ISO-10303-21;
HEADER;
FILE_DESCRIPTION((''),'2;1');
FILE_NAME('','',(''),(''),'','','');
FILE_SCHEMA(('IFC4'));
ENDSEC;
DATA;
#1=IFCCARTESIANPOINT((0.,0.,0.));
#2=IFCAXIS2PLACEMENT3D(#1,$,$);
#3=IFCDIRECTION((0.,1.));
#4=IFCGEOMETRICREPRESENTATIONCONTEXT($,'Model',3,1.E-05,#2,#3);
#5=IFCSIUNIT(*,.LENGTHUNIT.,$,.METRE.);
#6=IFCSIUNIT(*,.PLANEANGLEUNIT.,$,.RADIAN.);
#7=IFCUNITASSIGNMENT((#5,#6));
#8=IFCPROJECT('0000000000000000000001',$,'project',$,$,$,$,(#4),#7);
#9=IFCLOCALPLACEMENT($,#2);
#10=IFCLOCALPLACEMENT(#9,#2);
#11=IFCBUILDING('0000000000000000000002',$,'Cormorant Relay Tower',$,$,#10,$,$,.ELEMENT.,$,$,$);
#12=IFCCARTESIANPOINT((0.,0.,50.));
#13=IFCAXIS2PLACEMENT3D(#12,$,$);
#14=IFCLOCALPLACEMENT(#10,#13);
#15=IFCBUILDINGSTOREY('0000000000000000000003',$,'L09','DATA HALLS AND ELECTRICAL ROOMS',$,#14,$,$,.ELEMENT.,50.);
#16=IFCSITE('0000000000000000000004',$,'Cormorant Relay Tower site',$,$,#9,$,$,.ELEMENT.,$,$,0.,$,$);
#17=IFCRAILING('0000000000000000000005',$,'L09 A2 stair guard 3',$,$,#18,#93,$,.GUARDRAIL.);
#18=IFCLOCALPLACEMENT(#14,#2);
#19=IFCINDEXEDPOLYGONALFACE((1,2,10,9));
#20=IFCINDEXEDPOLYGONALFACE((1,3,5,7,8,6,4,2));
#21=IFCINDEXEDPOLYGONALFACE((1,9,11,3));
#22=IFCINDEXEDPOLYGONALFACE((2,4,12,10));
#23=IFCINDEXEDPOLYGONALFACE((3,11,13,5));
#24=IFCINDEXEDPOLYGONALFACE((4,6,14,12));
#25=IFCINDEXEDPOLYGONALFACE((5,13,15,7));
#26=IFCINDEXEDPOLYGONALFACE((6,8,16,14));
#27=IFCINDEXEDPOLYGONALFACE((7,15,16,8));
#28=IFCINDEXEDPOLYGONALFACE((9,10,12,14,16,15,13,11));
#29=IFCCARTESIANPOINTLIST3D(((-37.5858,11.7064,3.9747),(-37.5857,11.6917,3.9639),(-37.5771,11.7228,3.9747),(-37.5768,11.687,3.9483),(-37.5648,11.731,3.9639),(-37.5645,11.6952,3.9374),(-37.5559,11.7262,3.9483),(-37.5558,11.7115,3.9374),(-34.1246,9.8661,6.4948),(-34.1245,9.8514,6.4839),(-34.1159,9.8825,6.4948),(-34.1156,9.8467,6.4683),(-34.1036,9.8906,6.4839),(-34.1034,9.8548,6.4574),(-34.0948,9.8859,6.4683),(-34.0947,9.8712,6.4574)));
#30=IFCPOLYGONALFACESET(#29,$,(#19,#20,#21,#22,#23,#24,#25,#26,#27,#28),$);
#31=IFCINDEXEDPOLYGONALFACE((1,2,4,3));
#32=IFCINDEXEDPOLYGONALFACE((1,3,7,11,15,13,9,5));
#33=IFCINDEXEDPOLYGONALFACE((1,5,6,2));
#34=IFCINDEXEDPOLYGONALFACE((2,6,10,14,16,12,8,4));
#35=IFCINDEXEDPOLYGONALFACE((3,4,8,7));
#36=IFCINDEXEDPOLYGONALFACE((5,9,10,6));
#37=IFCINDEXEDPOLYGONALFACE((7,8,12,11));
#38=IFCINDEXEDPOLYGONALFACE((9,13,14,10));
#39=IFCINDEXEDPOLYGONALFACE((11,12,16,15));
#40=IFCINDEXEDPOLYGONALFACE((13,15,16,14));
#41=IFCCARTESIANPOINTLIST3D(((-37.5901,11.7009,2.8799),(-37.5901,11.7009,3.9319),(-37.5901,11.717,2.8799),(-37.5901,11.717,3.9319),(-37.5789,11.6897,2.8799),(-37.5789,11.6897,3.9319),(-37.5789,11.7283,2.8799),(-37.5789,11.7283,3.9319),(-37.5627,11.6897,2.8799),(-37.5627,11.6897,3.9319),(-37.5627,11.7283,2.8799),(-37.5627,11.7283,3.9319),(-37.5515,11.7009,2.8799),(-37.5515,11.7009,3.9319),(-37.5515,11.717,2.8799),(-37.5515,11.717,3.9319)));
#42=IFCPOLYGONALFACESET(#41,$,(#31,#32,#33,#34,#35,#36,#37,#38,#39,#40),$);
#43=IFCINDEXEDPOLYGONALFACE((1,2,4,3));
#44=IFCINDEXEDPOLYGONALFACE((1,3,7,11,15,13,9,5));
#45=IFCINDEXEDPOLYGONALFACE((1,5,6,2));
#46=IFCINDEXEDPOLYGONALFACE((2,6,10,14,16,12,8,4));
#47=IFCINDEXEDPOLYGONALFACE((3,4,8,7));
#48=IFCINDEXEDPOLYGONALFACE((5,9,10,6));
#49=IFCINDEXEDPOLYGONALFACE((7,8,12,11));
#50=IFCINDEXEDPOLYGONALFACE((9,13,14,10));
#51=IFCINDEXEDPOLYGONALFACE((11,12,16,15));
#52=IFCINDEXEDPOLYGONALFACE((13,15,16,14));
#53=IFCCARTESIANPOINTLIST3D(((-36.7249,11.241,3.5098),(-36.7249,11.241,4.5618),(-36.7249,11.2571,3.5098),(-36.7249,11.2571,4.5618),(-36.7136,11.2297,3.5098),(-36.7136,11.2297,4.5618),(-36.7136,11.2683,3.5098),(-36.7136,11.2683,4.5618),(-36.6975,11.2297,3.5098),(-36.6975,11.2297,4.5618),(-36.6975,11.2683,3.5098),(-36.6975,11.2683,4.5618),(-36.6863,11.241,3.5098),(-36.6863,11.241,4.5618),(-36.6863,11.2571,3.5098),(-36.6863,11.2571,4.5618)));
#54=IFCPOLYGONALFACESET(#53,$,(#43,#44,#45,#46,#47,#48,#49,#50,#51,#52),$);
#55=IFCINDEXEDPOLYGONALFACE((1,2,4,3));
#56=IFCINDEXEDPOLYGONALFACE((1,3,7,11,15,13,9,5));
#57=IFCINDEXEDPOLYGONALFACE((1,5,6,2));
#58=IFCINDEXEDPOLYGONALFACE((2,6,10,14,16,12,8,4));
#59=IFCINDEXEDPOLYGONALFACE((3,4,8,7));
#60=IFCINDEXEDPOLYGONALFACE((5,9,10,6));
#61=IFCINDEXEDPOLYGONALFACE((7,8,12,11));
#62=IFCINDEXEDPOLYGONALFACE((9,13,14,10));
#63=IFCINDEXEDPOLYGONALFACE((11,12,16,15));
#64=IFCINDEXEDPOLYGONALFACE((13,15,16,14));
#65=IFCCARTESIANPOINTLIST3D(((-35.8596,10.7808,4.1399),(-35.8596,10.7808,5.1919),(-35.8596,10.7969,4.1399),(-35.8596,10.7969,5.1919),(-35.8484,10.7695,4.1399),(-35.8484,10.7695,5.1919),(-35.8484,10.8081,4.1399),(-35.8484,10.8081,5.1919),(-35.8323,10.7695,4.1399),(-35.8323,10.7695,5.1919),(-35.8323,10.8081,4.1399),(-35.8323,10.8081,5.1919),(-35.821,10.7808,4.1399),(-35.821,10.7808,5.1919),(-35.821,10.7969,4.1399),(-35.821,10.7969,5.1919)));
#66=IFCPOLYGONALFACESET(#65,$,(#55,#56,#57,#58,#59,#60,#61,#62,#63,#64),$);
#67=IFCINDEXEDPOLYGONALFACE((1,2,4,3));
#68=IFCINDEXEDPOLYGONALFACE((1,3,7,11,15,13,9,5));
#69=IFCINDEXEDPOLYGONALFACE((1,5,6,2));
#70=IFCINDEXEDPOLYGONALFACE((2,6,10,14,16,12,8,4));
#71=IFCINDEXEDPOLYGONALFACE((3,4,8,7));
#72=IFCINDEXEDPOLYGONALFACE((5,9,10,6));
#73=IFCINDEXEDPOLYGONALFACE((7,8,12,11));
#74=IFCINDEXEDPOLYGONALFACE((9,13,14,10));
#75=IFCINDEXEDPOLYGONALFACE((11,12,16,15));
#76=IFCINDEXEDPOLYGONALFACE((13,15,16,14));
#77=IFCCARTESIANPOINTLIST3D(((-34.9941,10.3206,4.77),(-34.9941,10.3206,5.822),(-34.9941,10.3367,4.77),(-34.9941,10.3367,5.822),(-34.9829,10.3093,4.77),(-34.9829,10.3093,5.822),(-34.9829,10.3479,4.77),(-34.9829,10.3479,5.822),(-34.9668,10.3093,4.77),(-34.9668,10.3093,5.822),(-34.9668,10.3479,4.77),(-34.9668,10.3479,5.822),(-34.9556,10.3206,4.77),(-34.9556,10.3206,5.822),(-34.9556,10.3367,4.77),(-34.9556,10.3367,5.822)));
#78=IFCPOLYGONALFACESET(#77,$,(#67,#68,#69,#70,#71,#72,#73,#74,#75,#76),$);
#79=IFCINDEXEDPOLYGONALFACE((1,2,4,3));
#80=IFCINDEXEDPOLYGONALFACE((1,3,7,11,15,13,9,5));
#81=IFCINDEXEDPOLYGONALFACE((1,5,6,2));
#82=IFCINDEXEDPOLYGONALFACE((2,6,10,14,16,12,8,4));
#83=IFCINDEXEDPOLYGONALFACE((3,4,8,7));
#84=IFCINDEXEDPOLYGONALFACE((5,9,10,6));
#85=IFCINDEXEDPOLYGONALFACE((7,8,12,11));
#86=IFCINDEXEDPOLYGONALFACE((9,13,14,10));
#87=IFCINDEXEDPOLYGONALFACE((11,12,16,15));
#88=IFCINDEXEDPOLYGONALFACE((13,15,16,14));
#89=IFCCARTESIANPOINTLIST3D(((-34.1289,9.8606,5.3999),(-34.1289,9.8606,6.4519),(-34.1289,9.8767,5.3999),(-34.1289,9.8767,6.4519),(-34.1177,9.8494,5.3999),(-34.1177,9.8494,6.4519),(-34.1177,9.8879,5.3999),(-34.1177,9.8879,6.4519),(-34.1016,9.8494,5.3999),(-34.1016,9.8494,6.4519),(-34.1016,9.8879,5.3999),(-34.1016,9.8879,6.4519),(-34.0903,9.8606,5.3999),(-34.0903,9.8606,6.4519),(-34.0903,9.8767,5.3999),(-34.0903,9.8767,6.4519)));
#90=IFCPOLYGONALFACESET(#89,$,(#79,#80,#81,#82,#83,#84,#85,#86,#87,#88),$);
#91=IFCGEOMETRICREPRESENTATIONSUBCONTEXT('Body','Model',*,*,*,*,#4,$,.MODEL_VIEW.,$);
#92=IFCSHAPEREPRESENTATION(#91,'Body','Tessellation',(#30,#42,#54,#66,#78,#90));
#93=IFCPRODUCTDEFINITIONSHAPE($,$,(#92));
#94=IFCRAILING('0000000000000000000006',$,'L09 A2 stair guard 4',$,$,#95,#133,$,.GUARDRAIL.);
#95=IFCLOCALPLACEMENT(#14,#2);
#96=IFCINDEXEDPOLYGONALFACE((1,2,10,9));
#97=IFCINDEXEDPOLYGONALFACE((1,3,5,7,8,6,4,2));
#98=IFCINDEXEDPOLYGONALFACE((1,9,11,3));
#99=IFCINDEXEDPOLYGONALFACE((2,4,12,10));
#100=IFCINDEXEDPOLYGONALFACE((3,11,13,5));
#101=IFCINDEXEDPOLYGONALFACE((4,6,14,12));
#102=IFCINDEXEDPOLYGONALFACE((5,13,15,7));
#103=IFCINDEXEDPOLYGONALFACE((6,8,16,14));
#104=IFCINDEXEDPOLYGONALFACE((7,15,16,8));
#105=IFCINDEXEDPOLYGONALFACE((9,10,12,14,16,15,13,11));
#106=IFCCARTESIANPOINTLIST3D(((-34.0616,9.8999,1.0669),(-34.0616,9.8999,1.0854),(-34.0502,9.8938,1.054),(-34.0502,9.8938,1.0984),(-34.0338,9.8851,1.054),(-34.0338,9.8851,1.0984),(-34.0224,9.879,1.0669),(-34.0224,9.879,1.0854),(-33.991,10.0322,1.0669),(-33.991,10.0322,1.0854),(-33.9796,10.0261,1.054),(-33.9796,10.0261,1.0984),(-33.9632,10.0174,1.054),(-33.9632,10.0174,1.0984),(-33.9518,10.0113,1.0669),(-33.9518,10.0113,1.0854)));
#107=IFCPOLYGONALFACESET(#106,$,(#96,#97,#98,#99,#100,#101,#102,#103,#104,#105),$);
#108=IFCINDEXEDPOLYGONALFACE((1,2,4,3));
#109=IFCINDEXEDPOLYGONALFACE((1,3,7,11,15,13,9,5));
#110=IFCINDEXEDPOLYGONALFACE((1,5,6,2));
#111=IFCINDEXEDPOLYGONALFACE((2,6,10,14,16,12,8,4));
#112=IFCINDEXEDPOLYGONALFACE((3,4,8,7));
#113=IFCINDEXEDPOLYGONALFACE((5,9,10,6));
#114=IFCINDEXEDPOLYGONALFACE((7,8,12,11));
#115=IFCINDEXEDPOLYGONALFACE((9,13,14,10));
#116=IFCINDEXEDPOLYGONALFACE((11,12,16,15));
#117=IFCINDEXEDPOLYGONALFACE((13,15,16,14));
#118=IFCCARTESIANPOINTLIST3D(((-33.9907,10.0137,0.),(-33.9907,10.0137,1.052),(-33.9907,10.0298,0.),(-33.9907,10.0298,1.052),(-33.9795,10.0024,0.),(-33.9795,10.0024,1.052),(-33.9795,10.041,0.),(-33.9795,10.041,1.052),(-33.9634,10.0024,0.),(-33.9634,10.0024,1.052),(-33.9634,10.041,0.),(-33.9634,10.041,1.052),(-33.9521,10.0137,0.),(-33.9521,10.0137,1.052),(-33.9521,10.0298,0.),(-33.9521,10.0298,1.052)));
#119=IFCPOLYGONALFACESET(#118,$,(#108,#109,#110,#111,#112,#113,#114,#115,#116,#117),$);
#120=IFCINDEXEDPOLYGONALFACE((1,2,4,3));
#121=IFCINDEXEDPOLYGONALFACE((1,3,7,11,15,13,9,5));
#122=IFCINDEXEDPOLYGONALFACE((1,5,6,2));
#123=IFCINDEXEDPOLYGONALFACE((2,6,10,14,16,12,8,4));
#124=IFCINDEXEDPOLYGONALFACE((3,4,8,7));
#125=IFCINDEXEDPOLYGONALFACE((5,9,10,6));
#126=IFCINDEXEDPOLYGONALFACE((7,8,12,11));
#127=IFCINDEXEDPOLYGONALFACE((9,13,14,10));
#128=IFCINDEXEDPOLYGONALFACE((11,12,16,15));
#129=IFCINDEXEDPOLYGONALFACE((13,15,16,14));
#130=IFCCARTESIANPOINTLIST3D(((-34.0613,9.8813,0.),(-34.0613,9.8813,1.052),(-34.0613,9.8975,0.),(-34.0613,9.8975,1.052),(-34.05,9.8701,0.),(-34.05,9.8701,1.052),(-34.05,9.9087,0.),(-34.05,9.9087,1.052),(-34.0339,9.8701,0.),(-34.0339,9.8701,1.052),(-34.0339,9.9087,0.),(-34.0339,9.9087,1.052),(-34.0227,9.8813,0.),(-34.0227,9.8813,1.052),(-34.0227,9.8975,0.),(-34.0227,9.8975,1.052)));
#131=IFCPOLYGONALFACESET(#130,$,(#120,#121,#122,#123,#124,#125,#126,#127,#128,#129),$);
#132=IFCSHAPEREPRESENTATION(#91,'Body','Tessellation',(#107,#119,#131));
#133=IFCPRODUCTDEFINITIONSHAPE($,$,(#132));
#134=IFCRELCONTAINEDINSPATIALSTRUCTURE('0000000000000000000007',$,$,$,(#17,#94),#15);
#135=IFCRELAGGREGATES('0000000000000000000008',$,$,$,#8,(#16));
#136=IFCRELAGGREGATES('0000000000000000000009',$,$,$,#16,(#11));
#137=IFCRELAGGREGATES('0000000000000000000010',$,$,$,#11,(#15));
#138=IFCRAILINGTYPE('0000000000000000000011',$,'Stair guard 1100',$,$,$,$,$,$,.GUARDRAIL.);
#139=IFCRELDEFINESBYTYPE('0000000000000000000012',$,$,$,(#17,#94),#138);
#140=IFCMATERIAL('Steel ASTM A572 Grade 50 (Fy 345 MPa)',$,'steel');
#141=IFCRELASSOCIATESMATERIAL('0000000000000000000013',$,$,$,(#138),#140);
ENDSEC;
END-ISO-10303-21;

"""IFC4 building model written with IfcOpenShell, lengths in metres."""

from ifc_helpers import new_model, si_unit, direction, frame, origin, place, context, subcontext, project, spatial, polyline, outline, extrude, material, type_object, element, save


model = new_model("IFC4")

# Units and contexts
model_context = context("Model", 3, precision=1e-05, world=origin(), true_north=direction((0.0, 1.0)))
body_context = subcontext(model_context, "Body", "Model", "MODEL_VIEW")
ifc_project = project(units=[si_unit("LENGTHUNIT", "METRE"), si_unit("PLANEANGLEUNIT", "RADIAN")], contexts=[model_context])

# Site, building, storey
site_placement = place(None, origin())
site = spatial("IfcSite", under=ifc_project, at=site_placement, Name="Cormorant Relay Tower site", CompositionType="ELEMENT", RefElevation=0.0)
building_placement = place(site_placement, origin())
building = spatial("IfcBuilding", under=site, at=building_placement, Name="Cormorant Relay Tower", CompositionType="ELEMENT")
storey_placement = place(building_placement, frame((0.0, 0.0, 50.0)))
storey = spatial("IfcBuildingStorey", under=building, at=storey_placement, Name="L09", Description="DATA HALLS AND ELECTRICAL ROOMS", CompositionType="ELEMENT", Elevation=50.0)

# Railings
ifc_material_1 = material(Name="Steel ASTM A572 Grade 50 (Fy 345 MPa)", Category="steel")
railing_type_1 = type_object("IfcRailingType", Name="Stair guard 1100", PredefinedType="GUARDRAIL", material=ifc_material_1)
railing_1_placement = place(storey_placement, frame((-37.5708, 11.709, 2.8799)))
element("IfcRailing", 1, at=railing_1_placement, inside=storey, type_object=railing_type_1, Name="L09 A2 stair guard 3", PredefinedType="GUARDRAIL", context=body_context, shape_type="SweptSolid", body=[
    extrude(outline(polyline([(0.0222, 0.0093), (0.0093, 0.0222), (-0.0093, 0.0222), (-0.0222, 0.0093), (-0.0222, -0.0093), (-0.0093, -0.0222), (0.0093, -0.0222), (0.0222, -0.0093), (0.0222, 0.0093)])), frame((0.0, 0.0, 1.0762), z_axis=(0.742717, -0.394907, 0.540758), x_axis=(0.469469, 0.882949, 0.0)), (0.0, 0.0, 1.0), 4.6602),
    extrude(outline(polyline([(0.0193, 0.0081), (0.0081, 0.0193), (-0.0081, 0.0193), (-0.0193, 0.0081), (-0.0193, -0.0081), (-0.0081, -0.0193), (0.0081, -0.0193), (0.0193, -0.0081), (0.0193, 0.0081)])), origin(), (0.0, 0.0, 1.0), 1.052),
    extrude(outline(polyline([(0.0193, 0.0081), (0.0081, 0.0193), (-0.0081, 0.0193), (-0.0193, 0.0081), (-0.0193, -0.0081), (-0.0081, -0.0193), (0.0081, -0.0193), (0.0193, -0.0081), (0.0193, 0.0081)])), frame((0.8652, -0.46, 0.6299)), (0.0, 0.0, 1.0), 1.052),
    extrude(outline(polyline([(0.0193, 0.0081), (0.0081, 0.0193), (-0.0081, 0.0193), (-0.0193, 0.0081), (-0.0193, -0.0081), (-0.0081, -0.0193), (0.0081, -0.0193), (0.0193, -0.0081), (0.0193, 0.0081)])), frame((1.7305, -0.9202, 1.26)), (0.0, 0.0, 1.0), 1.052),
    extrude(outline(polyline([(0.0193, 0.0081), (0.0081, 0.0193), (-0.0081, 0.0193), (-0.0193, 0.0081), (-0.0193, -0.0081), (-0.0081, -0.0193), (0.0081, -0.0193), (0.0193, -0.0081), (0.0193, 0.0081)])), frame((2.5959, -1.3804, 1.8901)), (0.0, 0.0, 1.0), 1.052),
    extrude(outline(polyline([(0.0193, 0.0081), (0.0081, 0.0193), (-0.0081, 0.0193), (-0.0193, 0.0081), (-0.0193, -0.0081), (-0.0081, -0.0193), (0.0081, -0.0193), (0.0193, -0.0081), (0.0193, 0.0081)])), frame((3.4612, -1.8403, 2.52)), (0.0, 0.0, 1.0), 1.052),
])
railing_2_placement = place(storey_placement, frame((-33.9714, 10.0217, 0.0)))
element("IfcRailing", 2, at=railing_2_placement, inside=storey, type_object=railing_type_1, Name="L09 A2 stair guard 4", PredefinedType="GUARDRAIL", context=body_context, shape_type="SweptSolid", body=[
    extrude(outline(polyline([(0.0222, 0.0093), (0.0093, 0.0222), (-0.0093, 0.0222), (-0.0222, 0.0093), (-0.0222, -0.0093), (-0.0093, -0.0222), (0.0093, -0.0222), (0.0222, -0.0093), (0.0222, 0.0093)])), frame((0.0, 0.0, 1.0762), z_axis=(-0.470504, -0.882398, 0.0), x_axis=(0.882398, -0.470504, 0.0)), (0.0, 0.0, 1.0), 0.1499),
    extrude(outline(polyline([(0.0193, 0.0081), (0.0081, 0.0193), (-0.0081, 0.0193), (-0.0193, 0.0081), (-0.0193, -0.0081), (-0.0081, -0.0193), (0.0081, -0.0193), (0.0193, -0.0081), (0.0193, 0.0081)])), origin(), (0.0, 0.0, 1.0), 1.052),
    extrude(outline(polyline([(0.0193, 0.0081), (0.0081, 0.0193), (-0.0081, 0.0193), (-0.0193, 0.0081), (-0.0193, -0.0081), (-0.0081, -0.0193), (0.0081, -0.0193), (0.0193, -0.0081), (0.0193, 0.0081)])), frame((-0.0706, -0.1323, 0.0)), (0.0, 0.0, 1.0), 1.052),
])

save(model, "model.ifc")
